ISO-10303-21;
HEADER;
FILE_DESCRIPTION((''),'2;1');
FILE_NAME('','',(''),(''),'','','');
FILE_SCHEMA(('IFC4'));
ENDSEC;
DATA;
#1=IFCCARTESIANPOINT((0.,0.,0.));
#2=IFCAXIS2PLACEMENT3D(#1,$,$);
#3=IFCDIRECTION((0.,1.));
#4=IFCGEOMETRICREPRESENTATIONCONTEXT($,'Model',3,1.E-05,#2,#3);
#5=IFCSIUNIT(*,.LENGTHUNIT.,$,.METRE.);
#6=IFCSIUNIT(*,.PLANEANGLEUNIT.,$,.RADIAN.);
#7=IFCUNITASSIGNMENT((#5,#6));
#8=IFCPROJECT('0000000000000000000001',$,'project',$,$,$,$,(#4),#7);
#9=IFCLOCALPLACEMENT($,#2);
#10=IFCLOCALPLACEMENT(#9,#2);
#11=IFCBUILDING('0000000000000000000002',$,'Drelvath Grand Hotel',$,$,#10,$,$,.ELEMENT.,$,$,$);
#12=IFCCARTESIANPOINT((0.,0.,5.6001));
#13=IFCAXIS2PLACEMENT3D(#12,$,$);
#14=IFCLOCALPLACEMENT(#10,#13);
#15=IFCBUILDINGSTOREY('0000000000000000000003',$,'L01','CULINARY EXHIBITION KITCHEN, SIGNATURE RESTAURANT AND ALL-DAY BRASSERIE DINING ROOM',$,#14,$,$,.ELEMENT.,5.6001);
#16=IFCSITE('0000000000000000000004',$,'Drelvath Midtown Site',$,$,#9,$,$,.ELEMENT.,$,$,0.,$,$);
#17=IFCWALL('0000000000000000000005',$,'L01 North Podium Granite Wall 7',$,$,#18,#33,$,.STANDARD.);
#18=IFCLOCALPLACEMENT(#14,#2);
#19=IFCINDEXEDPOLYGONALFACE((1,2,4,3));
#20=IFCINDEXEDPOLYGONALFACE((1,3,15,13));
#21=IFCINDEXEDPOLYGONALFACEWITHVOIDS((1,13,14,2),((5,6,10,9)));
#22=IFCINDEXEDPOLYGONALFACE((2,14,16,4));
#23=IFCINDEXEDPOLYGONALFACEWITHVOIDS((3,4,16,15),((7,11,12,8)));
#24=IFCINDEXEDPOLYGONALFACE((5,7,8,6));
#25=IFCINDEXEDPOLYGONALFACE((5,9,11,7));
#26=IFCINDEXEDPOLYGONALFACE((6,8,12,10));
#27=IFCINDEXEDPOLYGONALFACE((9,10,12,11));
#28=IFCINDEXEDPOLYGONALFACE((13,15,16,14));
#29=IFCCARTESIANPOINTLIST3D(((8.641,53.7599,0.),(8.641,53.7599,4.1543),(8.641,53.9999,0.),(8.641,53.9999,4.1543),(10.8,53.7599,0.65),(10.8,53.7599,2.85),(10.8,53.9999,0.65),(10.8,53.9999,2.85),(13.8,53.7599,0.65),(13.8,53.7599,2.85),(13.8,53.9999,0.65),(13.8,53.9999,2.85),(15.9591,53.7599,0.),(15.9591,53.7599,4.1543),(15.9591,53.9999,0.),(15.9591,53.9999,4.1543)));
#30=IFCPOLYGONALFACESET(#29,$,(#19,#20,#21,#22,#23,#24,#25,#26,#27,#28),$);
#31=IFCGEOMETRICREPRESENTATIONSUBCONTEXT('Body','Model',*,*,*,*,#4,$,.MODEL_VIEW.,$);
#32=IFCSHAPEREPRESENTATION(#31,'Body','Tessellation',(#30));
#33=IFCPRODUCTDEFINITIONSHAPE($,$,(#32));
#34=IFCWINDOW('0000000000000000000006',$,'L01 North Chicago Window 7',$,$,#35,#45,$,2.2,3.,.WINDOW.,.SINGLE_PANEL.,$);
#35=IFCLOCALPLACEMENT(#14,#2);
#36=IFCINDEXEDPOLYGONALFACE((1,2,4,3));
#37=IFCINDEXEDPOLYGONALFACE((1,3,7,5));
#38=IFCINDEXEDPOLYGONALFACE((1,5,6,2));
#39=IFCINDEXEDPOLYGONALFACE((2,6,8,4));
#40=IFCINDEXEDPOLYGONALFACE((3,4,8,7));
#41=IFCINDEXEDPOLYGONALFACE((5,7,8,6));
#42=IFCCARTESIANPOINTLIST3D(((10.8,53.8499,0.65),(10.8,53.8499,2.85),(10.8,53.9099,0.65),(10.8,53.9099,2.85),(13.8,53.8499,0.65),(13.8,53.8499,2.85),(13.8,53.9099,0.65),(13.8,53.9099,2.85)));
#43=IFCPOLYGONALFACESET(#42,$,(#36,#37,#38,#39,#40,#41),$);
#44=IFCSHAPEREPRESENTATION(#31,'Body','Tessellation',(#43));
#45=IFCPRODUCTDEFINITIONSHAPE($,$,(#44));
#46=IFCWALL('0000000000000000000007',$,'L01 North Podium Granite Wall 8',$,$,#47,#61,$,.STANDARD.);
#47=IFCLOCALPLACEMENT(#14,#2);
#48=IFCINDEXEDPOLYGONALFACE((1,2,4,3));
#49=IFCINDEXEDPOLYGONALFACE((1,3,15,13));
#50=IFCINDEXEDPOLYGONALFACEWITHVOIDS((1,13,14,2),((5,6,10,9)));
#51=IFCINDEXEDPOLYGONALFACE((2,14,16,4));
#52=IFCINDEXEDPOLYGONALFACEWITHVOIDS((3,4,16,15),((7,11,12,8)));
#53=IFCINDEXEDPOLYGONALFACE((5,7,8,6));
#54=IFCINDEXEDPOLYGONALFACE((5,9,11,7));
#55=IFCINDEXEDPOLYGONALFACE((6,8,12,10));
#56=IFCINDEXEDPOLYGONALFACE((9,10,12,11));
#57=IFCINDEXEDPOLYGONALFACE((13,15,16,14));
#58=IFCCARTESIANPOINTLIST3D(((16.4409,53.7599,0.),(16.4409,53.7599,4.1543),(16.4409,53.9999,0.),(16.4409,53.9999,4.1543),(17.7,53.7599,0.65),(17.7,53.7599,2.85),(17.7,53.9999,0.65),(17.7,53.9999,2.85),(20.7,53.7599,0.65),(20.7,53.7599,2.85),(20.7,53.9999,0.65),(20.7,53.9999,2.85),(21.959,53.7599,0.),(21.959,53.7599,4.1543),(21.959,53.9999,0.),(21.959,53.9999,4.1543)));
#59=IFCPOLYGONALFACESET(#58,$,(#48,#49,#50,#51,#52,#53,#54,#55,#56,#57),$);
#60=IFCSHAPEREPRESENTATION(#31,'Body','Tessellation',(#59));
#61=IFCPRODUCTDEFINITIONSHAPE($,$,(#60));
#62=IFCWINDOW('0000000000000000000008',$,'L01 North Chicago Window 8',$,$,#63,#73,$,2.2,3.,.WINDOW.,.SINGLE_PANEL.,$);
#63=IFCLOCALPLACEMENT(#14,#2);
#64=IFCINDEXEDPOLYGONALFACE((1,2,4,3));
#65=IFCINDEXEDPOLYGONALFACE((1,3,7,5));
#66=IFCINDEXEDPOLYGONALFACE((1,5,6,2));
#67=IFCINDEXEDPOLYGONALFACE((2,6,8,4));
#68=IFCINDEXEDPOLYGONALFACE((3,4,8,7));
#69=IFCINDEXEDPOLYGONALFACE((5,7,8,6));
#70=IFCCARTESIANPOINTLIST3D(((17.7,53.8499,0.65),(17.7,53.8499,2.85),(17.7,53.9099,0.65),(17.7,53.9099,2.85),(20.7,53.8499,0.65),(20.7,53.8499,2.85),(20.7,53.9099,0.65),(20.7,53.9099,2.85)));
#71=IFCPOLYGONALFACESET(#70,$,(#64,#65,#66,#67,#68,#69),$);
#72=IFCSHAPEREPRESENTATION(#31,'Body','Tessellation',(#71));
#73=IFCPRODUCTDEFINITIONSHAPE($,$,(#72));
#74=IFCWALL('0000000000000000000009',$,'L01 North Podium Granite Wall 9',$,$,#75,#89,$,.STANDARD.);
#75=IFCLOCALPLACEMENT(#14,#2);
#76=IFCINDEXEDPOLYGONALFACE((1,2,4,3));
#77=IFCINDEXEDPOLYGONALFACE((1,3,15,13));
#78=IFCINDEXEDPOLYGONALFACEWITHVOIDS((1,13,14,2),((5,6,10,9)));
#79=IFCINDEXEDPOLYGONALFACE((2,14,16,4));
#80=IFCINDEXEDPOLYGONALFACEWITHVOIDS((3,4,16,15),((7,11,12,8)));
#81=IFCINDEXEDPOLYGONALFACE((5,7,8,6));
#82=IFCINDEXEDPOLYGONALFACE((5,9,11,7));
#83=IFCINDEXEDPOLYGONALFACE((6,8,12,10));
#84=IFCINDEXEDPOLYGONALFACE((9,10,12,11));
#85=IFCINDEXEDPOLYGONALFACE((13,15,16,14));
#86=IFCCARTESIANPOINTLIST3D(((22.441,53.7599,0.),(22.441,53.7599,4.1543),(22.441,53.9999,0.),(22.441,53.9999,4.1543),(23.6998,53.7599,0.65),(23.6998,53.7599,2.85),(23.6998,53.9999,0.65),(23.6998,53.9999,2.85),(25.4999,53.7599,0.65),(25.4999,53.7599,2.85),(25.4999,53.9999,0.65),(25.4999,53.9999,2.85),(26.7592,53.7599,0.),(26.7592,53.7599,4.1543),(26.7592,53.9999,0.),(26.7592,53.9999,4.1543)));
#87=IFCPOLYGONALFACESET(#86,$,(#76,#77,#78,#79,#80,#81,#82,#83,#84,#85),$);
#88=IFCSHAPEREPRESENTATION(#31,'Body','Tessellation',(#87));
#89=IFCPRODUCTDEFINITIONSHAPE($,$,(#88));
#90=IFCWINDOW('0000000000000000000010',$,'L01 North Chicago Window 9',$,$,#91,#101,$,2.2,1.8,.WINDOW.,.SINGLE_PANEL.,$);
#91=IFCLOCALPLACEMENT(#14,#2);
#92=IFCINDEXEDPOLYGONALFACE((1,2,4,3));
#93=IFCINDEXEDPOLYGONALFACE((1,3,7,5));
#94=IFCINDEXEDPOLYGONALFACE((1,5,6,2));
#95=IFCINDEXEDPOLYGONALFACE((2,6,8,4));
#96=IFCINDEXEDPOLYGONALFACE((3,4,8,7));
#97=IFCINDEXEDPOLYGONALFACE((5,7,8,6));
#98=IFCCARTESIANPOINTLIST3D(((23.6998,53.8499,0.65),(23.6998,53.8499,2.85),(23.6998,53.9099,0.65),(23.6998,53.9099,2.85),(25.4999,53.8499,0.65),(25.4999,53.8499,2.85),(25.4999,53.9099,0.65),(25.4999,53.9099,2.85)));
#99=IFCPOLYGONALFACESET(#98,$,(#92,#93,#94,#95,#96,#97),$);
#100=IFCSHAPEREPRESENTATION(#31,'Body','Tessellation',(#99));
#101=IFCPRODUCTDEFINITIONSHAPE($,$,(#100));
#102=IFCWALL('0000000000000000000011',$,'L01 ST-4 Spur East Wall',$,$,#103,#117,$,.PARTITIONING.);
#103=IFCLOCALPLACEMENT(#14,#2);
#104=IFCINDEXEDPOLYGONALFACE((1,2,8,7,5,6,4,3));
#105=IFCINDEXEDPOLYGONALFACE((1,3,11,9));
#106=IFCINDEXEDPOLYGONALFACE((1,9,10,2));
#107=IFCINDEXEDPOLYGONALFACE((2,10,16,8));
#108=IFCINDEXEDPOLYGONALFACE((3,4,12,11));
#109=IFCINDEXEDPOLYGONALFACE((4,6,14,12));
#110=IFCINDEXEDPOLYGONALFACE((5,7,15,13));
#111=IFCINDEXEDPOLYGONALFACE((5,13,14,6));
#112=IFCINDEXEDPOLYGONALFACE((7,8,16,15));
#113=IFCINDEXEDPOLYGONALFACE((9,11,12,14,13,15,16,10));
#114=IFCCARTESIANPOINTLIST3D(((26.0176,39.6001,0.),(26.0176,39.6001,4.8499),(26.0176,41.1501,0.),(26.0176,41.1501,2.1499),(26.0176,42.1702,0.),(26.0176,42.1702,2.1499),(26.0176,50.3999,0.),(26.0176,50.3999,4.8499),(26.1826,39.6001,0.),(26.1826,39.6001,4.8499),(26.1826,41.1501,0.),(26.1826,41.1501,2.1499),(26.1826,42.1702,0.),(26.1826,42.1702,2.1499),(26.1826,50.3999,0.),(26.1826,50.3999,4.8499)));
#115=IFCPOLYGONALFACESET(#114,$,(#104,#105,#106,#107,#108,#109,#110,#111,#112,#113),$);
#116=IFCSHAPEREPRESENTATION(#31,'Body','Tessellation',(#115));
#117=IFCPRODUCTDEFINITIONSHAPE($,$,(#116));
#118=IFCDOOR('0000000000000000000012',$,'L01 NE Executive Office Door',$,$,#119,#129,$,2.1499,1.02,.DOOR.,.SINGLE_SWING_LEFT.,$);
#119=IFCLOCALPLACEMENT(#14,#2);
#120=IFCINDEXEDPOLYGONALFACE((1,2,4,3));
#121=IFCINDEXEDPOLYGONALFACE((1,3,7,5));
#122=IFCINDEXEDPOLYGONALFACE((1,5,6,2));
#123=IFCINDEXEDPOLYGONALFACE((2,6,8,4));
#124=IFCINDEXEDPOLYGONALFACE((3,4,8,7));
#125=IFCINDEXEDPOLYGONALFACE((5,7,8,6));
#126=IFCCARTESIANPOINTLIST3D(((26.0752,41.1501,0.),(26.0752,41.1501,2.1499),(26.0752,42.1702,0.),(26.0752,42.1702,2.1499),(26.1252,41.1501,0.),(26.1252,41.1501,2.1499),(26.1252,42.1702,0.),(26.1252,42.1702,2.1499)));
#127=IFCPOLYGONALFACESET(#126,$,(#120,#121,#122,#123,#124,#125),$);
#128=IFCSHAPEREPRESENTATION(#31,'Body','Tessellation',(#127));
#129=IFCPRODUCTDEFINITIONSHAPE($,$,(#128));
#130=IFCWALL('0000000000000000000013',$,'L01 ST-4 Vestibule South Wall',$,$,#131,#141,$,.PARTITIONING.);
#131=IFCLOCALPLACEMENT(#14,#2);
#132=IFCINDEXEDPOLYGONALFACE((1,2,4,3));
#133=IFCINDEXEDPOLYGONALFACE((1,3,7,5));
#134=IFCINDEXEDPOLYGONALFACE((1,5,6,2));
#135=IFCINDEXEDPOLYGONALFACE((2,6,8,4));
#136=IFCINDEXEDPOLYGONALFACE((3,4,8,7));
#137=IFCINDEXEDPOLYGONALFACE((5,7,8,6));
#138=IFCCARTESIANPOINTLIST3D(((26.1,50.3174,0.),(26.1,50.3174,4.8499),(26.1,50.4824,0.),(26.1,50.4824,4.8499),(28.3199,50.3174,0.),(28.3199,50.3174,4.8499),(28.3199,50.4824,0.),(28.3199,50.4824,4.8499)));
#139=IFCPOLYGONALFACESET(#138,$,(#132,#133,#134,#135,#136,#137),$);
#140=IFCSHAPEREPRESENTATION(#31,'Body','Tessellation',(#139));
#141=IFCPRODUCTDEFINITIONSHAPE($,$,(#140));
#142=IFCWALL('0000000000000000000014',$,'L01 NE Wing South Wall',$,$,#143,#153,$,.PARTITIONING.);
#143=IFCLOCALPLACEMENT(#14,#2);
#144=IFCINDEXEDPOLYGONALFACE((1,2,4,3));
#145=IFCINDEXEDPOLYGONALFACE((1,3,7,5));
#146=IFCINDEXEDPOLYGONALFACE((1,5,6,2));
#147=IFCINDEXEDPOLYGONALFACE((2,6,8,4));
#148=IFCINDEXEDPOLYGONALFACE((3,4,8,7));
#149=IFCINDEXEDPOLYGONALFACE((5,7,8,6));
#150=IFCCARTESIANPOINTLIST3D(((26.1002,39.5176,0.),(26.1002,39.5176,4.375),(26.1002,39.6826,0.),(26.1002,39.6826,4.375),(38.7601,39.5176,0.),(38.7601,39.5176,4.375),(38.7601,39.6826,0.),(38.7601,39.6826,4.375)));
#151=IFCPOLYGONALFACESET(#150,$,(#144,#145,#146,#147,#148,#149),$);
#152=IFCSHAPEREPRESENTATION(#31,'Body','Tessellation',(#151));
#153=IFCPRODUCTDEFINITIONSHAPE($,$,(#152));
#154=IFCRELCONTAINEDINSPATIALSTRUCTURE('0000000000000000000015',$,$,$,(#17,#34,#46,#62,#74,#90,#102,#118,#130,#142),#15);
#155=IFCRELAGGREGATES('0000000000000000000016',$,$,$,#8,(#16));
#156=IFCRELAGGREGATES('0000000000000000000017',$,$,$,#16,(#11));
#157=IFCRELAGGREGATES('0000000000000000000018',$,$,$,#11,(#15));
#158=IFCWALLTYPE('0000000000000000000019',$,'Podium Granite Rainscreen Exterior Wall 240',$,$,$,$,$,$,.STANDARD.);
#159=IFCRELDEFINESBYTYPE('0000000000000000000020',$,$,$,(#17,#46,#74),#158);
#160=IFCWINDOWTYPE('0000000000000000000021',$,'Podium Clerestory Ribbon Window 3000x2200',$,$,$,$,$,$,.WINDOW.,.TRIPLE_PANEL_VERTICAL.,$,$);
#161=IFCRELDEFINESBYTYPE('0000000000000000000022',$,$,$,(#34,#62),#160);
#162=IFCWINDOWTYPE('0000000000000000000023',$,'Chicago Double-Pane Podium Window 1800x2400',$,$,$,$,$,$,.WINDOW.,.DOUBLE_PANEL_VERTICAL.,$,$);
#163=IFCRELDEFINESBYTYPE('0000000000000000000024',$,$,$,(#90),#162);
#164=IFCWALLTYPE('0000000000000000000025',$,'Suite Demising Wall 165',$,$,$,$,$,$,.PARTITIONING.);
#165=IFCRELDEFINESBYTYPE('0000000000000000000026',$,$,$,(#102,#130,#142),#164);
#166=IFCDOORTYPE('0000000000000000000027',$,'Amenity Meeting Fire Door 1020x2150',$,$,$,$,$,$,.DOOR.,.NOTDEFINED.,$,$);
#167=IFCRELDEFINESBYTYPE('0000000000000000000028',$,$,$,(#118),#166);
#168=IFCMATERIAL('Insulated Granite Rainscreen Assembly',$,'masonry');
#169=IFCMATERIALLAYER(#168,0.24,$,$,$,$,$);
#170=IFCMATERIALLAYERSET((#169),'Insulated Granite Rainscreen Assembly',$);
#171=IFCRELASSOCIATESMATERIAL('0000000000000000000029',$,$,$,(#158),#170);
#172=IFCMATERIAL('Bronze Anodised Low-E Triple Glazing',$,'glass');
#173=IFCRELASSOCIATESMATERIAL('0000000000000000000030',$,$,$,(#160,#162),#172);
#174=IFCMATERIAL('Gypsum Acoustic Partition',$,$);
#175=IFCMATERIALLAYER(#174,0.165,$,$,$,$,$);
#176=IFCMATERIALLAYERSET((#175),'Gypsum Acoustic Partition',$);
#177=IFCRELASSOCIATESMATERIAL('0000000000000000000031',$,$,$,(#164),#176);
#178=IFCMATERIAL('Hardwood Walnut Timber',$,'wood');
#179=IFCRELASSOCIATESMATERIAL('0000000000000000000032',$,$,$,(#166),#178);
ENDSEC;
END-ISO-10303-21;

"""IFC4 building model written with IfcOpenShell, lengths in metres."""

from ifc_helpers import new_model, si_unit, direction, frame, frame_2d, origin, place, context, subcontext, project, spatial, rectangle, extrude, material, layer, layer_set, type_object, element, fill, save


model = new_model("IFC4")

# Units and contexts
model_context = context("Model", 3, precision=1e-05, world=origin(), true_north=direction((0.0, 1.0)))
body_context = subcontext(model_context, "Body", "Model", "MODEL_VIEW")
ifc_project = project(units=[si_unit("LENGTHUNIT", "METRE"), si_unit("PLANEANGLEUNIT", "RADIAN")], contexts=[model_context])

# Site, building, storey
site_placement = place(None, origin())
site = spatial("IfcSite", under=ifc_project, at=site_placement, Name="Drelvath Midtown Site", CompositionType="ELEMENT", RefElevation=0.0)
building_placement = place(site_placement, origin())
building = spatial("IfcBuilding", under=site, at=building_placement, Name="Drelvath Grand Hotel", CompositionType="ELEMENT")
storey_placement = place(building_placement, frame((0.0, 0.0, 5.6001)))
storey = spatial("IfcBuildingStorey", under=building, at=storey_placement, Name="L01", Description="CULINARY EXHIBITION KITCHEN, SIGNATURE RESTAURANT AND ALL-DAY BRASSERIE DINING ROOM", CompositionType="ELEMENT", Elevation=5.6001)

# Shared definitions
ifc_material_1 = material(Name="Gypsum Acoustic Partition")

# Walls, openings, windows
ifc_material_2 = material(Name="Insulated Granite Rainscreen Assembly", Category="masonry")
ifc_layer_1 = layer(ifc_material_2, 0.24)
ifc_layer_set_1 = layer_set([ifc_layer_1], Name="Insulated Granite Rainscreen Assembly")
wall_type_1 = type_object("IfcWallType", Name="Podium Granite Rainscreen Exterior Wall 240", PredefinedType="STANDARD", material=ifc_layer_set_1)
wall_1_placement = place(storey_placement, frame((8.6409, 53.8799, 0.0), z_axis=(0.0, 0.0, 1.0), x_axis=(1.0, 0.0, 0.0)))
wall_1 = element("IfcWall", 1, at=wall_1_placement, inside=storey, type_object=wall_type_1, Name="L01 North Podium Granite Wall 7", PredefinedType="STANDARD", context=body_context, shape_type="SweptSolid", body=[
    extrude(rectangle(XDim=7.3181, YDim=0.24, at=frame_2d((3.6592, 0.0))), origin(), (0.0, 0.0, 1.0), 4.1543),
])
opening_1_placement = place(wall_1_placement, frame((2.1592, 0.0, 0.6499)))
opening_1 = element("IfcOpeningElement", 2, at=opening_1_placement, cuts=wall_1, PredefinedType="OPENING", context=body_context, shape_type="SweptSolid", body=[
    extrude(rectangle(XDim=3.0, YDim=2.2, at=frame_2d((1.5, 1.1001))), frame((0.0, 0.1299, 0.0), z_axis=(0.0, -1.0, 0.0), x_axis=(1.0, 0.0, 0.0)), (0.0, 0.0, 1.0), 0.26),
])
ifc_material_3 = material(Name="Bronze Anodised Low-E Triple Glazing", Category="glass")
window_type_1 = type_object("IfcWindowType", Name="Podium Clerestory Ribbon Window 3000x2200", PartitioningType="TRIPLE_PANEL_VERTICAL", PredefinedType="WINDOW", material=ifc_material_3)
window_1_placement = place(opening_1_placement, origin())
window_1 = element("IfcWindow", 3, at=window_1_placement, inside=storey, type_object=window_type_1, Name="L01 North Chicago Window 7", OverallHeight=2.2, OverallWidth=3.0, PartitioningType="SINGLE_PANEL", PredefinedType="WINDOW", context=body_context, shape_type="SweptSolid", body=[
    extrude(rectangle(XDim=3.0, YDim=2.2, at=frame_2d((1.5, 1.1001))), frame((0.0, 0.03, 0.0), z_axis=(0.0, -1.0, 0.0), x_axis=(1.0, 0.0, 0.0)), (0.0, 0.0, 1.0), 0.0601),
])
fill(opening_1, window_1)
wall_2_placement = place(storey_placement, frame((16.4409, 53.8799, 0.0), z_axis=(0.0, 0.0, 1.0), x_axis=(1.0, 0.0, 0.0)))
wall_2 = element("IfcWall", 4, at=wall_2_placement, inside=storey, type_object=wall_type_1, Name="L01 North Podium Granite Wall 8", PredefinedType="STANDARD", context=body_context, shape_type="SweptSolid", body=[
    extrude(rectangle(XDim=5.5181, YDim=0.24, at=frame_2d((2.759, 0.0))), origin(), (0.0, 0.0, 1.0), 4.1543),
])
opening_2_placement = place(wall_2_placement, frame((1.259, 0.0, 0.6499)))
opening_2 = element("IfcOpeningElement", 5, at=opening_2_placement, cuts=wall_2, PredefinedType="OPENING", context=body_context, shape_type="SweptSolid", body=[
    extrude(rectangle(XDim=3.0, YDim=2.2, at=frame_2d((1.5, 1.1001))), frame((0.0, 0.1299, 0.0), z_axis=(0.0, -1.0, 0.0), x_axis=(1.0, 0.0, 0.0)), (0.0, 0.0, 1.0), 0.26),
])
window_2_placement = place(opening_2_placement, origin())
window_2 = element("IfcWindow", 6, at=window_2_placement, inside=storey, type_object=window_type_1, Name="L01 North Chicago Window 8", OverallHeight=2.2, OverallWidth=3.0, PartitioningType="SINGLE_PANEL", PredefinedType="WINDOW", context=body_context, shape_type="SweptSolid", body=[
    extrude(rectangle(XDim=3.0, YDim=2.2, at=frame_2d((1.5, 1.1001))), frame((0.0, 0.03, 0.0), z_axis=(0.0, -1.0, 0.0), x_axis=(1.0, 0.0, 0.0)), (0.0, 0.0, 1.0), 0.0601),
])
fill(opening_2, window_2)
wall_3_placement = place(storey_placement, frame((22.4409, 53.8799, 0.0), z_axis=(0.0, 0.0, 1.0), x_axis=(1.0, 0.0, 0.0)))
wall_3 = element("IfcWall", 7, at=wall_3_placement, inside=storey, type_object=wall_type_1, Name="L01 North Podium Granite Wall 9", PredefinedType="STANDARD", context=body_context, shape_type="SweptSolid", body=[
    extrude(rectangle(XDim=4.3181, YDim=0.24, at=frame_2d((2.1592, 0.0))), origin(), (0.0, 0.0, 1.0), 4.1543),
])
opening_3_placement = place(wall_3_placement, frame((1.259, 0.0, 0.6499)))
opening_3 = element("IfcOpeningElement", 8, at=opening_3_placement, cuts=wall_3, PredefinedType="OPENING", context=body_context, shape_type="SweptSolid", body=[
    extrude(rectangle(XDim=1.8, YDim=2.2, at=frame_2d((0.8999, 1.1001))), frame((0.0, 0.1299, 0.0), z_axis=(0.0, -1.0, 0.0), x_axis=(1.0, 0.0, 0.0)), (0.0, 0.0, 1.0), 0.26),
])
window_type_2 = type_object("IfcWindowType", Name="Chicago Double-Pane Podium Window 1800x2400", PartitioningType="DOUBLE_PANEL_VERTICAL", PredefinedType="WINDOW", material=ifc_material_3)
window_3_placement = place(opening_3_placement, origin())
window_3 = element("IfcWindow", 9, at=window_3_placement, inside=storey, type_object=window_type_2, Name="L01 North Chicago Window 9", OverallHeight=2.2, OverallWidth=1.8, PartitioningType="SINGLE_PANEL", PredefinedType="WINDOW", context=body_context, shape_type="SweptSolid", body=[
    extrude(rectangle(XDim=1.8, YDim=2.2, at=frame_2d((0.8999, 1.1001))), frame((0.0, 0.03, 0.0), z_axis=(0.0, -1.0, 0.0), x_axis=(1.0, 0.0, 0.0)), (0.0, 0.0, 1.0), 0.0601),
])
fill(opening_3, window_3)

# Wall, opening, door
ifc_layer_2 = layer(ifc_material_1, 0.165)
ifc_layer_set_2 = layer_set([ifc_layer_2], Name="Gypsum Acoustic Partition")
wall_type_2 = type_object("IfcWallType", Name="Suite Demising Wall 165", PredefinedType="PARTITIONING", material=ifc_layer_set_2)
wall_4_placement = place(storey_placement, frame((26.1001, 39.6001, 0.0), z_axis=(0.0, 0.0, 1.0), x_axis=(0.0, 1.0, 0.0)))
wall_4 = element("IfcWall", 10, at=wall_4_placement, inside=storey, type_object=wall_type_2, Name="L01 ST-4 Spur East Wall", PredefinedType="PARTITIONING", context=body_context, shape_type="SweptSolid", body=[
    extrude(rectangle(XDim=10.7998, YDim=0.165, at=frame_2d((5.3999, 0.0))), origin(), (0.0, 0.0, 1.0), 4.8499),
])
opening_4_placement = place(wall_4_placement, frame((1.55, 0.0, 0.0)))
opening_4 = element("IfcOpeningElement", 11, at=opening_4_placement, cuts=wall_4, PredefinedType="OPENING", context=body_context, shape_type="SweptSolid", body=[
    extrude(rectangle(XDim=1.02, YDim=2.1499, at=frame_2d((0.51, 1.075))), frame((0.0, 0.0925, 0.0), z_axis=(0.0, -1.0, 0.0), x_axis=(1.0, 0.0, 0.0)), (0.0, 0.0, 1.0), 0.1851),
])
ifc_material_4 = material(Name="Hardwood Walnut Timber", Category="wood")
door_type = type_object("IfcDoorType", Name="Amenity Meeting Fire Door 1020x2150", OperationType="NOTDEFINED", PredefinedType="DOOR", material=ifc_material_4)
door_placement = place(opening_4_placement, origin())
door = element("IfcDoor", 12, at=door_placement, inside=storey, type_object=door_type, Name="L01 NE Executive Office Door", OperationType="SINGLE_SWING_LEFT", OverallHeight=2.1499, OverallWidth=1.02, PredefinedType="DOOR", context=body_context, shape_type="SweptSolid", body=[
    extrude(rectangle(XDim=1.02, YDim=2.1499, at=frame_2d((0.51, 1.075))), frame((0.0, 0.0249, 0.0), z_axis=(0.0, -1.0, 0.0), x_axis=(1.0, 0.0, 0.0)), (0.0, 0.0, 1.0), 0.05),
])
fill(opening_4, door)

# Walls
wall_5_placement = place(storey_placement, frame((26.1001, 50.3999, 0.0), z_axis=(0.0, 0.0, 1.0), x_axis=(1.0, 0.0, 0.0)))
element("IfcWall", 13, at=wall_5_placement, inside=storey, type_object=wall_type_2, Name="L01 ST-4 Vestibule South Wall", PredefinedType="PARTITIONING", context=body_context, shape_type="SweptSolid", body=[
    extrude(rectangle(XDim=2.22, YDim=0.165, at=frame_2d((1.1099, 0.0))), origin(), (0.0, 0.0, 1.0), 4.8499),
])
wall_6_placement = place(storey_placement, frame((26.1001, 39.6001, 0.0), z_axis=(0.0, 0.0, 1.0), x_axis=(1.0, 0.0, 0.0)))
element("IfcWall", 14, at=wall_6_placement, inside=storey, type_object=wall_type_2, Name="L01 NE Wing South Wall", PredefinedType="PARTITIONING", context=body_context, shape_type="SweptSolid", body=[
    extrude(rectangle(XDim=12.6599, YDim=0.165, at=frame_2d((6.3301, 0.0))), origin(), (0.0, 0.0, 1.0), 4.375),
])

save(model, "model.ifc")
